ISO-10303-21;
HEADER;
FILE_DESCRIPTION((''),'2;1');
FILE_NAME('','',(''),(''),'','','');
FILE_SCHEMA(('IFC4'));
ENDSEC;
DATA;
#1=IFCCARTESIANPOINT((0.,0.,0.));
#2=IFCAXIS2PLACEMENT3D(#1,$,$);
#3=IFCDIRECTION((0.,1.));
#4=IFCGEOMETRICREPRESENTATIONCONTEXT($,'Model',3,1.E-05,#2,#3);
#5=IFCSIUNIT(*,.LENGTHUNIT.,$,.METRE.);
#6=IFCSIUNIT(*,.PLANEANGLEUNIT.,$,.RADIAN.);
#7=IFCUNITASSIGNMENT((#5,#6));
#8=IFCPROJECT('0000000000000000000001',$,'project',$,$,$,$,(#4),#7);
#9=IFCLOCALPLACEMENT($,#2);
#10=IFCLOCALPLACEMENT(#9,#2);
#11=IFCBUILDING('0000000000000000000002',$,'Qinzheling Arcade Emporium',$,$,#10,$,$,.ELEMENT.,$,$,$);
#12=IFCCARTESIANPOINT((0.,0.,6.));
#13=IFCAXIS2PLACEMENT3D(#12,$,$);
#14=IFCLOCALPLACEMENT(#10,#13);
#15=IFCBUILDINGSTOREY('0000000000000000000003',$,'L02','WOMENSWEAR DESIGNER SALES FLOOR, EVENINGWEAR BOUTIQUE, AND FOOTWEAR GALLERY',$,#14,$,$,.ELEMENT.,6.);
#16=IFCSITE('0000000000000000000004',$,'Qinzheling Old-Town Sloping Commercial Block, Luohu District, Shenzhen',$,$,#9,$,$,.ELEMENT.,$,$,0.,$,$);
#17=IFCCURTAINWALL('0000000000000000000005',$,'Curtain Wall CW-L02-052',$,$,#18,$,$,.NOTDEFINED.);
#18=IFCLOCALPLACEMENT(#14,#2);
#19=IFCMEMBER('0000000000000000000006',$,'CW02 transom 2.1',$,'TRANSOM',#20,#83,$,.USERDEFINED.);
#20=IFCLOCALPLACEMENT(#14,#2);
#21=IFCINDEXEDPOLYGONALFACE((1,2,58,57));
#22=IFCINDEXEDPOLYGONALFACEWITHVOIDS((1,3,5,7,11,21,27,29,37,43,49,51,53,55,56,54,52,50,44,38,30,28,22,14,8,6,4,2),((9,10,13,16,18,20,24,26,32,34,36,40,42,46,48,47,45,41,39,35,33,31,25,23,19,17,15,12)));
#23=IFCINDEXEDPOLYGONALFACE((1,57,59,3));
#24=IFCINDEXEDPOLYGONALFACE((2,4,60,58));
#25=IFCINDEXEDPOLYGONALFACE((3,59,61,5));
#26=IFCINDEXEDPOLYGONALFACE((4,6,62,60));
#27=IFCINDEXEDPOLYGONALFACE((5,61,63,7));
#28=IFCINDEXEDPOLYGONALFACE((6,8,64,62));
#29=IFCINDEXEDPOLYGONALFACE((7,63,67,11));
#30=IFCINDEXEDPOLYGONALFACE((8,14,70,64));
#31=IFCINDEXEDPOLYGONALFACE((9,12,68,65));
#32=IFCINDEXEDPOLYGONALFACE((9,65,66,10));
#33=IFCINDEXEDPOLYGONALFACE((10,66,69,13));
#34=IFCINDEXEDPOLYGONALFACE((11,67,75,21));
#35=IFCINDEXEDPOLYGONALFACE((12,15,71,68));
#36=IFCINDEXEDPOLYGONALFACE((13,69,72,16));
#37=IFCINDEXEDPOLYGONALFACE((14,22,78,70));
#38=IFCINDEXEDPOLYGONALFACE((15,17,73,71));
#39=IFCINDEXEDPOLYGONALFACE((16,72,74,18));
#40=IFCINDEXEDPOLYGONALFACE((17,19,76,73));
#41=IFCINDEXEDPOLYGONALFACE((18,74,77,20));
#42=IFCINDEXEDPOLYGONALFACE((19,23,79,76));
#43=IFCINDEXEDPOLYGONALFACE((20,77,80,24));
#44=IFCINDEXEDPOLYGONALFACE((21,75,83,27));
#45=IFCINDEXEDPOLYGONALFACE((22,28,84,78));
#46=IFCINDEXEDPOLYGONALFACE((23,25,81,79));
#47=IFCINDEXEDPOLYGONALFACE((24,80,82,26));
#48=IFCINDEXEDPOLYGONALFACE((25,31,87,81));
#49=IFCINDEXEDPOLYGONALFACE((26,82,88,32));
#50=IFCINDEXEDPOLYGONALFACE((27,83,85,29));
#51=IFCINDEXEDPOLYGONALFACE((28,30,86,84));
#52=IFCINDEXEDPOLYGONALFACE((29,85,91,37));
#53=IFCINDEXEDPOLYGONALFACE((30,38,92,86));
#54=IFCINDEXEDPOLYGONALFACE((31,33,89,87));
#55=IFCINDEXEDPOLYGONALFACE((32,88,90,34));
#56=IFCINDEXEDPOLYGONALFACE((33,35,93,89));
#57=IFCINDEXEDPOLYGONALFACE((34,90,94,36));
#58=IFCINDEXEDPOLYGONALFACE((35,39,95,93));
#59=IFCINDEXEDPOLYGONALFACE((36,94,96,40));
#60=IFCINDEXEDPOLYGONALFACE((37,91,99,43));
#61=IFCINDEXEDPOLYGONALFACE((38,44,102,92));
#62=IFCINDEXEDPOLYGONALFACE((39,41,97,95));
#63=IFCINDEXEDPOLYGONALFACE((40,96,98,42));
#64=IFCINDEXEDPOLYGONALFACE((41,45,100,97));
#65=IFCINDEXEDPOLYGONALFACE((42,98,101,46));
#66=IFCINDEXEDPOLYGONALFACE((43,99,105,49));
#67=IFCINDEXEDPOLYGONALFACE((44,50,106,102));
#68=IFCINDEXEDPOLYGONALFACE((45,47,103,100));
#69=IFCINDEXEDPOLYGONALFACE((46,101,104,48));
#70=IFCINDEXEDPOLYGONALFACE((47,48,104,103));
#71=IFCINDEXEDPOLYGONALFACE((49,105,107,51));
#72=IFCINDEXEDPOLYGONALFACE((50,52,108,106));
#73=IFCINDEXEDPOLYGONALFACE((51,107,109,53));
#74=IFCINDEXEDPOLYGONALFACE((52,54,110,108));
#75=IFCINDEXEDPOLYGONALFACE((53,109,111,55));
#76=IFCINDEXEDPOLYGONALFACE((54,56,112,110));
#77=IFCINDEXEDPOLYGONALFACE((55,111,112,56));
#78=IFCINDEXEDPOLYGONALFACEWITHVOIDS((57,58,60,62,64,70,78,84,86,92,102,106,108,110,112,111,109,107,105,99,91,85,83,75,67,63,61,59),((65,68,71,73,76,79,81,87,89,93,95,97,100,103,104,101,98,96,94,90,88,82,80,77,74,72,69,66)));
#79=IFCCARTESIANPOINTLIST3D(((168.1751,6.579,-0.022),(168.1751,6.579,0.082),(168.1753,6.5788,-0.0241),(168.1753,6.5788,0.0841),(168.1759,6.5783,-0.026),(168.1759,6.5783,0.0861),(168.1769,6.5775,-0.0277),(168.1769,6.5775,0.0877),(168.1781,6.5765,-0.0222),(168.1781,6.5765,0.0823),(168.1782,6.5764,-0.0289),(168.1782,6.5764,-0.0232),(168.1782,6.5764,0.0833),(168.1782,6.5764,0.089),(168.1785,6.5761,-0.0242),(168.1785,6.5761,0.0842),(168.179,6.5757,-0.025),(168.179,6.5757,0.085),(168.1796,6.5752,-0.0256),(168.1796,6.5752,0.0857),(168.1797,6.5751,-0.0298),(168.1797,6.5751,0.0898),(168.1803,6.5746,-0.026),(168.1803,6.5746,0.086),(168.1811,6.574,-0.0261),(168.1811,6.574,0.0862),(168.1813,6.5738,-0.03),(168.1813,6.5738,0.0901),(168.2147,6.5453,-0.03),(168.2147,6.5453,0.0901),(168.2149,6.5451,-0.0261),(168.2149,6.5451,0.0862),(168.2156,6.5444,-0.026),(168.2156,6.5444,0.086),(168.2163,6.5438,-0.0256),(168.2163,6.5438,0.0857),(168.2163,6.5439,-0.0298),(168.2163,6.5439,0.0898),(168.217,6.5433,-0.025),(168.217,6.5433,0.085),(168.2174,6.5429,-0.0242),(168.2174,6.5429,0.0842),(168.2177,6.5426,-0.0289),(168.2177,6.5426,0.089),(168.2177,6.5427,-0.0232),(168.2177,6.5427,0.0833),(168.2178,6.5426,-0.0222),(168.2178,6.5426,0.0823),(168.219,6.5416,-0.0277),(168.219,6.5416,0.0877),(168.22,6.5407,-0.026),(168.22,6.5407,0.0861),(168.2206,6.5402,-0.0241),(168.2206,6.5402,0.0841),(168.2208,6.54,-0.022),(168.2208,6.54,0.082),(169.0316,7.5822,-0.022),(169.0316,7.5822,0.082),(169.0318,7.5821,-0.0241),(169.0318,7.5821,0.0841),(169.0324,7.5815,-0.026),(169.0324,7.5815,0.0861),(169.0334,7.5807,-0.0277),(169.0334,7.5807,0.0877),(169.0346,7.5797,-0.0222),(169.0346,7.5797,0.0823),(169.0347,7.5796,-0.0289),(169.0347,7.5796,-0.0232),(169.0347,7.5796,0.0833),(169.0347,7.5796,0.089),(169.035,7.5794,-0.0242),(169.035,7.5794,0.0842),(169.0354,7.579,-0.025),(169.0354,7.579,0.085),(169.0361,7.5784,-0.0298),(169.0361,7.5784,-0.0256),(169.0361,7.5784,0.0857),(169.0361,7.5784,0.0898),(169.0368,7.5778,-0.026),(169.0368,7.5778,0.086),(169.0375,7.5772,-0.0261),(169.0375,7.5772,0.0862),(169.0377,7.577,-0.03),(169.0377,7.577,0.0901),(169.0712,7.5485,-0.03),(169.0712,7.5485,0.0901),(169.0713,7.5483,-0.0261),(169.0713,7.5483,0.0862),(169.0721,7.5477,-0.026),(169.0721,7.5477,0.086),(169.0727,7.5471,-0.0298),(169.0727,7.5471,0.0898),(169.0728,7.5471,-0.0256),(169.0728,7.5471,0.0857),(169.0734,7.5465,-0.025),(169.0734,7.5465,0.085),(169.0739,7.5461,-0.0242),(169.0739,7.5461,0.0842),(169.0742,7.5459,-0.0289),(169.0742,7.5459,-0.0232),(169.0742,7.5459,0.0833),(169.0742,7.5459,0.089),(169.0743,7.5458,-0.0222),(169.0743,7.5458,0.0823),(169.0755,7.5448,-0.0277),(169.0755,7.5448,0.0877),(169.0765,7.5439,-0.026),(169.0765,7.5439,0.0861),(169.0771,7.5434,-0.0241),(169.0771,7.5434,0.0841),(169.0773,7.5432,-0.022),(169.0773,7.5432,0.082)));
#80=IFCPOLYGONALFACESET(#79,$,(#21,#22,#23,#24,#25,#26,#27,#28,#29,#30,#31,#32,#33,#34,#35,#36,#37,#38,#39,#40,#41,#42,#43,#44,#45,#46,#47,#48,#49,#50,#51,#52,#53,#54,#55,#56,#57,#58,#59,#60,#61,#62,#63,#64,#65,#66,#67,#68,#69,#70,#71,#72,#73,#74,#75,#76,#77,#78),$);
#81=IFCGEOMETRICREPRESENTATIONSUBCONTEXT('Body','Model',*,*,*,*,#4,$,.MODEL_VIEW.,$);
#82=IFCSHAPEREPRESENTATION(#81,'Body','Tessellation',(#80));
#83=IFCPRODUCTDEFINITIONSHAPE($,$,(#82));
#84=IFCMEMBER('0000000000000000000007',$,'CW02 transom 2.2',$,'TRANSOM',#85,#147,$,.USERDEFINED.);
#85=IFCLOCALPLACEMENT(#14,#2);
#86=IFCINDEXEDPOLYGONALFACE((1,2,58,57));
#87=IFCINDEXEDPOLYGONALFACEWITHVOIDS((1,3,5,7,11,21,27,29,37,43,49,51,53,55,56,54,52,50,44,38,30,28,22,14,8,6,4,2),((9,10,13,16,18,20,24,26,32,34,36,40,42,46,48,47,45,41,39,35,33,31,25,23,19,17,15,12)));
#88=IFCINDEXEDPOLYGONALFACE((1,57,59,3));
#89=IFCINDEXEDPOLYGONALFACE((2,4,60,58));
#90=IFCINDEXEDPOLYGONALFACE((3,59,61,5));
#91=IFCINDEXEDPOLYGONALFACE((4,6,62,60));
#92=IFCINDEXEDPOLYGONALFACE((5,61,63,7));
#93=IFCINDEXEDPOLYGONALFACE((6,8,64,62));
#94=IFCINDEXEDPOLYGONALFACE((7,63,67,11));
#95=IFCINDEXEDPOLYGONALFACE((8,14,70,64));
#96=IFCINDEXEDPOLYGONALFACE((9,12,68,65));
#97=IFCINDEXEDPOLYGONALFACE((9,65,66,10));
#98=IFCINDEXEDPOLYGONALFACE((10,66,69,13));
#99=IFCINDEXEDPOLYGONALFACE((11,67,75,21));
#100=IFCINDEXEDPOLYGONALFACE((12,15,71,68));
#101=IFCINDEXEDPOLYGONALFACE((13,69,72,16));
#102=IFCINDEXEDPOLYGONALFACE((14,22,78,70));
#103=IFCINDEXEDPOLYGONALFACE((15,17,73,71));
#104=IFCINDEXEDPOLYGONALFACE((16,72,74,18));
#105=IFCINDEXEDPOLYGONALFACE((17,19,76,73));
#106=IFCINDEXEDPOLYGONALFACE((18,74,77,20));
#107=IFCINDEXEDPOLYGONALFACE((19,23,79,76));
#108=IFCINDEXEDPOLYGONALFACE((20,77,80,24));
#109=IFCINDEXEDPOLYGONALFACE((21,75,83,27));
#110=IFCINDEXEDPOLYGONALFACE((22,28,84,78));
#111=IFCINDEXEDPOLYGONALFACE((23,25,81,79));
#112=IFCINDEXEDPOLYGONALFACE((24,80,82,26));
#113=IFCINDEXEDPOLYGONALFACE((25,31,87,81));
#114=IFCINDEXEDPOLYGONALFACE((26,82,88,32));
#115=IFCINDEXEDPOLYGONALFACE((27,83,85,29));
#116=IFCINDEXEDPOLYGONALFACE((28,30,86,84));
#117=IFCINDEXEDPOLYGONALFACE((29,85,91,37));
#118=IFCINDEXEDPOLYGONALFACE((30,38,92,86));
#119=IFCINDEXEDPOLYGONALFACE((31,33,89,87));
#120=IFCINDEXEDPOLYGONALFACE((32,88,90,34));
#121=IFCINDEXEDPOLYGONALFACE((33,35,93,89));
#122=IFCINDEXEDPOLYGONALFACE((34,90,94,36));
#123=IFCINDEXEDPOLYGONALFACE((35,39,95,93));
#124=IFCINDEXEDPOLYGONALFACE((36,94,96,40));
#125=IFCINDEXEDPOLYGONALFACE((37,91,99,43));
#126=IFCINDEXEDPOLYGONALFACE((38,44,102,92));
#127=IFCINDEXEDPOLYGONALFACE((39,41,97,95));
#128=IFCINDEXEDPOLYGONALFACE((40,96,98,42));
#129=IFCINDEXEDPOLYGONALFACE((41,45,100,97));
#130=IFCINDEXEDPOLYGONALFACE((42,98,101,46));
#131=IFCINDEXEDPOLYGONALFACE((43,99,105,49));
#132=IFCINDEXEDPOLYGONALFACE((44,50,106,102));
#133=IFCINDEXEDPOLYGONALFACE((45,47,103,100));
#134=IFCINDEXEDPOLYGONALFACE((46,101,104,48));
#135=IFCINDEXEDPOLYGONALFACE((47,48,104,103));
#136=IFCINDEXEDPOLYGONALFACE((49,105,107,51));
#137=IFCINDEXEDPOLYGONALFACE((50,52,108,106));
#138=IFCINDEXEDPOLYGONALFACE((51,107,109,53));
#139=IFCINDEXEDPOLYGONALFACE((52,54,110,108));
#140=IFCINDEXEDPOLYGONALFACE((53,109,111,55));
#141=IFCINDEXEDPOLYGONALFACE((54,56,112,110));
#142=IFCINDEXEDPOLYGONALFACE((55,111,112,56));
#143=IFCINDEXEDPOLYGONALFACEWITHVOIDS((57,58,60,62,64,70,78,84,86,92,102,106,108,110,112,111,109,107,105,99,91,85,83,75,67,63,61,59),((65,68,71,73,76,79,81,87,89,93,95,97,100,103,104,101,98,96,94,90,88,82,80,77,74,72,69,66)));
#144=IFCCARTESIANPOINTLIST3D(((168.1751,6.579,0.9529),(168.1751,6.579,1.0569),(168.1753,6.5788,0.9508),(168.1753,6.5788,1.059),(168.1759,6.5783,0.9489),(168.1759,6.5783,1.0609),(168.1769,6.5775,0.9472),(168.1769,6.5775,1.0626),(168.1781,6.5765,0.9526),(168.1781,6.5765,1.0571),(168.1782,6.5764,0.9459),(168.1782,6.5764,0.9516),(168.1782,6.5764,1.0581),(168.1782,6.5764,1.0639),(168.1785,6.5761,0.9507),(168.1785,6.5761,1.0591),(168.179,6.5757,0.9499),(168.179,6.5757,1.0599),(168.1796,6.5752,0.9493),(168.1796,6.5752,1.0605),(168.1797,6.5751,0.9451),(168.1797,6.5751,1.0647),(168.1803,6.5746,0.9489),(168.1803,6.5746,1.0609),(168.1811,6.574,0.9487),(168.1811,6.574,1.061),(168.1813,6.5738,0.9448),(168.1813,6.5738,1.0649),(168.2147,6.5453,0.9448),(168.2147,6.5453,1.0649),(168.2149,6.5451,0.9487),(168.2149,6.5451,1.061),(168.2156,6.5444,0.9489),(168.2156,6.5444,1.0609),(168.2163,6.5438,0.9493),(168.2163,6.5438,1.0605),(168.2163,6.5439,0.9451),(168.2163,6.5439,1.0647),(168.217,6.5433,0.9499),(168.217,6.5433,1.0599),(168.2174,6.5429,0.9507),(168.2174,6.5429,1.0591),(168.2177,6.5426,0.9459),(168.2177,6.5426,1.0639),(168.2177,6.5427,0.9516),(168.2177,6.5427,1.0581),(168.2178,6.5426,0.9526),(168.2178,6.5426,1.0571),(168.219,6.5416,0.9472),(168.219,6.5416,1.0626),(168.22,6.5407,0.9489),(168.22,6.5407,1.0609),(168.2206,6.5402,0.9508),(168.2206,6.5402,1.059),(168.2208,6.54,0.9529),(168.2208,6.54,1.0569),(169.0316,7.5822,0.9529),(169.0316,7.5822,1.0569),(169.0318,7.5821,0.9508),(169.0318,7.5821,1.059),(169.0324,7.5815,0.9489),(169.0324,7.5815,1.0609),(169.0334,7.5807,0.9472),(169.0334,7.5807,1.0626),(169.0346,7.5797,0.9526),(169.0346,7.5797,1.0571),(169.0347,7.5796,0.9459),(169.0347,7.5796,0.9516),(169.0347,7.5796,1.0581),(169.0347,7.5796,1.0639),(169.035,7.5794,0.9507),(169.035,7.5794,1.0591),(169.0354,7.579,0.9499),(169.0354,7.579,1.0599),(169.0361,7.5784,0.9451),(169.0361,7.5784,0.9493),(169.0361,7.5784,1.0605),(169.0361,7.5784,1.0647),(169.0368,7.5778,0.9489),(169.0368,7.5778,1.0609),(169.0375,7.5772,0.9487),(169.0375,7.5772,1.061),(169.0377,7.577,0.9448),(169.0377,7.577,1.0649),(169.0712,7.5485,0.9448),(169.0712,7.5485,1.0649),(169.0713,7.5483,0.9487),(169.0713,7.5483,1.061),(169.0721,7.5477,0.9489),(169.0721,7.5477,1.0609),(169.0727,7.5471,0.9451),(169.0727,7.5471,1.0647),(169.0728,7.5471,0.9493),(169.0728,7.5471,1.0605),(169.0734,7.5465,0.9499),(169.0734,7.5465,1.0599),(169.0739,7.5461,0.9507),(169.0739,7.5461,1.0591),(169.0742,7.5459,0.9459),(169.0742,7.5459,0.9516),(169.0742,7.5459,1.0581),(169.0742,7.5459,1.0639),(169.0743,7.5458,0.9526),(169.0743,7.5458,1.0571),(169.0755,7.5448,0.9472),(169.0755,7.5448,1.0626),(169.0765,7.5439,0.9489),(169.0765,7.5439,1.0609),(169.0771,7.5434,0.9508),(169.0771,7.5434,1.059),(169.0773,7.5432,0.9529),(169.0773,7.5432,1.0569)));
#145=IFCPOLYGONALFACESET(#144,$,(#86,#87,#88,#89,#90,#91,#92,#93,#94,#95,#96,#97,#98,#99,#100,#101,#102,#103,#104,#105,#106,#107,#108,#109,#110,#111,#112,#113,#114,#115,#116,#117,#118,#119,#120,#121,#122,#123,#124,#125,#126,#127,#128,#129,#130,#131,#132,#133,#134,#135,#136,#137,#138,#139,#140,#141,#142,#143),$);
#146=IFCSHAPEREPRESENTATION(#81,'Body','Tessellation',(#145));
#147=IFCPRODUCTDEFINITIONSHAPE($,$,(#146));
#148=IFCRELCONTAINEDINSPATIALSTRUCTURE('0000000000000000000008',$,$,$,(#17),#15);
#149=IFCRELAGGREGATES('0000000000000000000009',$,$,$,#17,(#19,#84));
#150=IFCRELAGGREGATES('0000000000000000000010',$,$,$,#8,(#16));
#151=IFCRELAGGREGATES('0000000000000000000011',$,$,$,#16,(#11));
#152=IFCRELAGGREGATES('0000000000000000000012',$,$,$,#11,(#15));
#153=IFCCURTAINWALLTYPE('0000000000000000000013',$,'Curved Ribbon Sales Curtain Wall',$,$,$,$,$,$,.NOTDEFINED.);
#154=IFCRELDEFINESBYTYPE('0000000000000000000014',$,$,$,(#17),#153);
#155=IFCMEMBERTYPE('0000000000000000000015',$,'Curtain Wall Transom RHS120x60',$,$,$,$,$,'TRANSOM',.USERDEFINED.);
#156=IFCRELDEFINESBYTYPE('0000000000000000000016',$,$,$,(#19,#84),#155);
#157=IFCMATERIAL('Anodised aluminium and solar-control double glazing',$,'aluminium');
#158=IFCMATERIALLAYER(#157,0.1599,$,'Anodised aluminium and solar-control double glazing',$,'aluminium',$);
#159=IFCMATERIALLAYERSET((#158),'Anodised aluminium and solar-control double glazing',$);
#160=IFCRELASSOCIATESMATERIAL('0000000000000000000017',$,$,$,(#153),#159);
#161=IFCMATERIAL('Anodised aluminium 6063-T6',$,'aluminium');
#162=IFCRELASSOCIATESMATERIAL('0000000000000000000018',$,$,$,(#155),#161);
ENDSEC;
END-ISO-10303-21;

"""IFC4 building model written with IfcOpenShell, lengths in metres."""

from ifc_helpers import new_model, si_unit, direction, frame, origin, origin_2d, place, context, subcontext, project, spatial, hollow_rectangle, extrude, material, layer, layer_set, material_profile, profile_set, type_object, element, aggregate, save


model = new_model("IFC4")

# Units and contexts
model_context = context("Model", 3, precision=1e-05, world=origin(), true_north=direction((0.0, 1.0)))
body_context = subcontext(model_context, "Body", "Model", "MODEL_VIEW")
ifc_project = project(units=[si_unit("LENGTHUNIT", "METRE"), si_unit("PLANEANGLEUNIT", "RADIAN")], contexts=[model_context])

# Site, building, storey
site_placement = place(None, origin())
site = spatial("IfcSite", under=ifc_project, at=site_placement, Name="Qinzheling Old-Town Sloping Commercial Block, Luohu District, Shenzhen", CompositionType="ELEMENT", RefElevation=0.0)
building_placement = place(site_placement, origin())
building = spatial("IfcBuilding", under=site, at=building_placement, Name="Qinzheling Arcade Emporium", CompositionType="ELEMENT")
storey_placement = place(building_placement, frame((0.0, 0.0, 6.0)))
storey = spatial("IfcBuildingStorey", under=building, at=storey_placement, Name="L02", Description="WOMENSWEAR DESIGNER SALES FLOOR, EVENINGWEAR BOUTIQUE, AND FOOTWEAR GALLERY", CompositionType="ELEMENT", Elevation=6.0)

# Curtain wall
ifc_material_1 = material(Name="Anodised aluminium and solar-control double glazing", Category="aluminium")
ifc_layer_1 = layer(ifc_material_1, 0.1599, Name="Anodised aluminium and solar-control double glazing", Category="aluminium")
ifc_layer_set_1 = layer_set([ifc_layer_1], Name="Anodised aluminium and solar-control double glazing")
curtain_wall_type = type_object("IfcCurtainWallType", Name="Curved Ribbon Sales Curtain Wall", PredefinedType="NOTDEFINED", material=ifc_layer_set_1)
curtain_wall_1_placement = place(storey_placement, origin())
curtain_wall_1 = element("IfcCurtainWall", 1, at=curtain_wall_1_placement, inside=storey, type_object=curtain_wall_type, Name="Curtain Wall CW-L02-052", PredefinedType="NOTDEFINED")
ifc_material_2 = material(Name="Anodised aluminium 6063-T6", Category="aluminium")

# Members
ifc_material_profile_1 = material_profile(ifc_material_2, hollow_rectangle(XDim=0.0601, YDim=0.1201, WallThickness=0.0039, InnerFilletRadius=0.0039, OuterFilletRadius=0.0081, at=origin_2d()), Name="RHS 120x60x4", Category="aluminium")
ifc_profile_set_1 = profile_set([ifc_material_profile_1], Name="Anodised aluminium 6063-T6")
member_type_1 = type_object("IfcMemberType", Name="Curtain Wall Transom RHS120x60", ElementType="TRANSOM", PredefinedType="USERDEFINED", material=ifc_profile_set_1)
member_1_placement = place(storey_placement, frame((169.0544, 7.5627, 0.03), z_axis=(-0.649296, -0.760536, 0.0), x_axis=(0.760536, -0.649296, 0.0)))
member_1 = element("IfcMember", 2, at=member_1_placement, type_object=member_type_1, Name="CW02 transom 2.1", ObjectType="TRANSOM", PredefinedType="USERDEFINED", context=body_context, shape_type="SweptSolid", body=[
    extrude(hollow_rectangle(XDim=0.0601, YDim=0.1201, WallThickness=0.0039, InnerFilletRadius=0.0039, OuterFilletRadius=0.0081, at=origin_2d()), origin(), (0.0, 0.0, 1.0), 1.3191),
])
member_2_placement = place(storey_placement, frame((169.0544, 7.5627, 1.0049), z_axis=(-0.649296, -0.760536, 0.0), x_axis=(0.760536, -0.649296, 0.0)))
member_2 = element("IfcMember", 3, at=member_2_placement, type_object=member_type_1, Name="CW02 transom 2.2", ObjectType="TRANSOM", PredefinedType="USERDEFINED", context=body_context, shape_type="SweptSolid", body=[
    extrude(hollow_rectangle(XDim=0.0601, YDim=0.1201, WallThickness=0.0039, InnerFilletRadius=0.0039, OuterFilletRadius=0.0081, at=origin_2d()), origin(), (0.0, 0.0, 1.0), 1.3191),
])

aggregate(curtain_wall_1, [member_1, member_2])

save(model, "model.ifc")
